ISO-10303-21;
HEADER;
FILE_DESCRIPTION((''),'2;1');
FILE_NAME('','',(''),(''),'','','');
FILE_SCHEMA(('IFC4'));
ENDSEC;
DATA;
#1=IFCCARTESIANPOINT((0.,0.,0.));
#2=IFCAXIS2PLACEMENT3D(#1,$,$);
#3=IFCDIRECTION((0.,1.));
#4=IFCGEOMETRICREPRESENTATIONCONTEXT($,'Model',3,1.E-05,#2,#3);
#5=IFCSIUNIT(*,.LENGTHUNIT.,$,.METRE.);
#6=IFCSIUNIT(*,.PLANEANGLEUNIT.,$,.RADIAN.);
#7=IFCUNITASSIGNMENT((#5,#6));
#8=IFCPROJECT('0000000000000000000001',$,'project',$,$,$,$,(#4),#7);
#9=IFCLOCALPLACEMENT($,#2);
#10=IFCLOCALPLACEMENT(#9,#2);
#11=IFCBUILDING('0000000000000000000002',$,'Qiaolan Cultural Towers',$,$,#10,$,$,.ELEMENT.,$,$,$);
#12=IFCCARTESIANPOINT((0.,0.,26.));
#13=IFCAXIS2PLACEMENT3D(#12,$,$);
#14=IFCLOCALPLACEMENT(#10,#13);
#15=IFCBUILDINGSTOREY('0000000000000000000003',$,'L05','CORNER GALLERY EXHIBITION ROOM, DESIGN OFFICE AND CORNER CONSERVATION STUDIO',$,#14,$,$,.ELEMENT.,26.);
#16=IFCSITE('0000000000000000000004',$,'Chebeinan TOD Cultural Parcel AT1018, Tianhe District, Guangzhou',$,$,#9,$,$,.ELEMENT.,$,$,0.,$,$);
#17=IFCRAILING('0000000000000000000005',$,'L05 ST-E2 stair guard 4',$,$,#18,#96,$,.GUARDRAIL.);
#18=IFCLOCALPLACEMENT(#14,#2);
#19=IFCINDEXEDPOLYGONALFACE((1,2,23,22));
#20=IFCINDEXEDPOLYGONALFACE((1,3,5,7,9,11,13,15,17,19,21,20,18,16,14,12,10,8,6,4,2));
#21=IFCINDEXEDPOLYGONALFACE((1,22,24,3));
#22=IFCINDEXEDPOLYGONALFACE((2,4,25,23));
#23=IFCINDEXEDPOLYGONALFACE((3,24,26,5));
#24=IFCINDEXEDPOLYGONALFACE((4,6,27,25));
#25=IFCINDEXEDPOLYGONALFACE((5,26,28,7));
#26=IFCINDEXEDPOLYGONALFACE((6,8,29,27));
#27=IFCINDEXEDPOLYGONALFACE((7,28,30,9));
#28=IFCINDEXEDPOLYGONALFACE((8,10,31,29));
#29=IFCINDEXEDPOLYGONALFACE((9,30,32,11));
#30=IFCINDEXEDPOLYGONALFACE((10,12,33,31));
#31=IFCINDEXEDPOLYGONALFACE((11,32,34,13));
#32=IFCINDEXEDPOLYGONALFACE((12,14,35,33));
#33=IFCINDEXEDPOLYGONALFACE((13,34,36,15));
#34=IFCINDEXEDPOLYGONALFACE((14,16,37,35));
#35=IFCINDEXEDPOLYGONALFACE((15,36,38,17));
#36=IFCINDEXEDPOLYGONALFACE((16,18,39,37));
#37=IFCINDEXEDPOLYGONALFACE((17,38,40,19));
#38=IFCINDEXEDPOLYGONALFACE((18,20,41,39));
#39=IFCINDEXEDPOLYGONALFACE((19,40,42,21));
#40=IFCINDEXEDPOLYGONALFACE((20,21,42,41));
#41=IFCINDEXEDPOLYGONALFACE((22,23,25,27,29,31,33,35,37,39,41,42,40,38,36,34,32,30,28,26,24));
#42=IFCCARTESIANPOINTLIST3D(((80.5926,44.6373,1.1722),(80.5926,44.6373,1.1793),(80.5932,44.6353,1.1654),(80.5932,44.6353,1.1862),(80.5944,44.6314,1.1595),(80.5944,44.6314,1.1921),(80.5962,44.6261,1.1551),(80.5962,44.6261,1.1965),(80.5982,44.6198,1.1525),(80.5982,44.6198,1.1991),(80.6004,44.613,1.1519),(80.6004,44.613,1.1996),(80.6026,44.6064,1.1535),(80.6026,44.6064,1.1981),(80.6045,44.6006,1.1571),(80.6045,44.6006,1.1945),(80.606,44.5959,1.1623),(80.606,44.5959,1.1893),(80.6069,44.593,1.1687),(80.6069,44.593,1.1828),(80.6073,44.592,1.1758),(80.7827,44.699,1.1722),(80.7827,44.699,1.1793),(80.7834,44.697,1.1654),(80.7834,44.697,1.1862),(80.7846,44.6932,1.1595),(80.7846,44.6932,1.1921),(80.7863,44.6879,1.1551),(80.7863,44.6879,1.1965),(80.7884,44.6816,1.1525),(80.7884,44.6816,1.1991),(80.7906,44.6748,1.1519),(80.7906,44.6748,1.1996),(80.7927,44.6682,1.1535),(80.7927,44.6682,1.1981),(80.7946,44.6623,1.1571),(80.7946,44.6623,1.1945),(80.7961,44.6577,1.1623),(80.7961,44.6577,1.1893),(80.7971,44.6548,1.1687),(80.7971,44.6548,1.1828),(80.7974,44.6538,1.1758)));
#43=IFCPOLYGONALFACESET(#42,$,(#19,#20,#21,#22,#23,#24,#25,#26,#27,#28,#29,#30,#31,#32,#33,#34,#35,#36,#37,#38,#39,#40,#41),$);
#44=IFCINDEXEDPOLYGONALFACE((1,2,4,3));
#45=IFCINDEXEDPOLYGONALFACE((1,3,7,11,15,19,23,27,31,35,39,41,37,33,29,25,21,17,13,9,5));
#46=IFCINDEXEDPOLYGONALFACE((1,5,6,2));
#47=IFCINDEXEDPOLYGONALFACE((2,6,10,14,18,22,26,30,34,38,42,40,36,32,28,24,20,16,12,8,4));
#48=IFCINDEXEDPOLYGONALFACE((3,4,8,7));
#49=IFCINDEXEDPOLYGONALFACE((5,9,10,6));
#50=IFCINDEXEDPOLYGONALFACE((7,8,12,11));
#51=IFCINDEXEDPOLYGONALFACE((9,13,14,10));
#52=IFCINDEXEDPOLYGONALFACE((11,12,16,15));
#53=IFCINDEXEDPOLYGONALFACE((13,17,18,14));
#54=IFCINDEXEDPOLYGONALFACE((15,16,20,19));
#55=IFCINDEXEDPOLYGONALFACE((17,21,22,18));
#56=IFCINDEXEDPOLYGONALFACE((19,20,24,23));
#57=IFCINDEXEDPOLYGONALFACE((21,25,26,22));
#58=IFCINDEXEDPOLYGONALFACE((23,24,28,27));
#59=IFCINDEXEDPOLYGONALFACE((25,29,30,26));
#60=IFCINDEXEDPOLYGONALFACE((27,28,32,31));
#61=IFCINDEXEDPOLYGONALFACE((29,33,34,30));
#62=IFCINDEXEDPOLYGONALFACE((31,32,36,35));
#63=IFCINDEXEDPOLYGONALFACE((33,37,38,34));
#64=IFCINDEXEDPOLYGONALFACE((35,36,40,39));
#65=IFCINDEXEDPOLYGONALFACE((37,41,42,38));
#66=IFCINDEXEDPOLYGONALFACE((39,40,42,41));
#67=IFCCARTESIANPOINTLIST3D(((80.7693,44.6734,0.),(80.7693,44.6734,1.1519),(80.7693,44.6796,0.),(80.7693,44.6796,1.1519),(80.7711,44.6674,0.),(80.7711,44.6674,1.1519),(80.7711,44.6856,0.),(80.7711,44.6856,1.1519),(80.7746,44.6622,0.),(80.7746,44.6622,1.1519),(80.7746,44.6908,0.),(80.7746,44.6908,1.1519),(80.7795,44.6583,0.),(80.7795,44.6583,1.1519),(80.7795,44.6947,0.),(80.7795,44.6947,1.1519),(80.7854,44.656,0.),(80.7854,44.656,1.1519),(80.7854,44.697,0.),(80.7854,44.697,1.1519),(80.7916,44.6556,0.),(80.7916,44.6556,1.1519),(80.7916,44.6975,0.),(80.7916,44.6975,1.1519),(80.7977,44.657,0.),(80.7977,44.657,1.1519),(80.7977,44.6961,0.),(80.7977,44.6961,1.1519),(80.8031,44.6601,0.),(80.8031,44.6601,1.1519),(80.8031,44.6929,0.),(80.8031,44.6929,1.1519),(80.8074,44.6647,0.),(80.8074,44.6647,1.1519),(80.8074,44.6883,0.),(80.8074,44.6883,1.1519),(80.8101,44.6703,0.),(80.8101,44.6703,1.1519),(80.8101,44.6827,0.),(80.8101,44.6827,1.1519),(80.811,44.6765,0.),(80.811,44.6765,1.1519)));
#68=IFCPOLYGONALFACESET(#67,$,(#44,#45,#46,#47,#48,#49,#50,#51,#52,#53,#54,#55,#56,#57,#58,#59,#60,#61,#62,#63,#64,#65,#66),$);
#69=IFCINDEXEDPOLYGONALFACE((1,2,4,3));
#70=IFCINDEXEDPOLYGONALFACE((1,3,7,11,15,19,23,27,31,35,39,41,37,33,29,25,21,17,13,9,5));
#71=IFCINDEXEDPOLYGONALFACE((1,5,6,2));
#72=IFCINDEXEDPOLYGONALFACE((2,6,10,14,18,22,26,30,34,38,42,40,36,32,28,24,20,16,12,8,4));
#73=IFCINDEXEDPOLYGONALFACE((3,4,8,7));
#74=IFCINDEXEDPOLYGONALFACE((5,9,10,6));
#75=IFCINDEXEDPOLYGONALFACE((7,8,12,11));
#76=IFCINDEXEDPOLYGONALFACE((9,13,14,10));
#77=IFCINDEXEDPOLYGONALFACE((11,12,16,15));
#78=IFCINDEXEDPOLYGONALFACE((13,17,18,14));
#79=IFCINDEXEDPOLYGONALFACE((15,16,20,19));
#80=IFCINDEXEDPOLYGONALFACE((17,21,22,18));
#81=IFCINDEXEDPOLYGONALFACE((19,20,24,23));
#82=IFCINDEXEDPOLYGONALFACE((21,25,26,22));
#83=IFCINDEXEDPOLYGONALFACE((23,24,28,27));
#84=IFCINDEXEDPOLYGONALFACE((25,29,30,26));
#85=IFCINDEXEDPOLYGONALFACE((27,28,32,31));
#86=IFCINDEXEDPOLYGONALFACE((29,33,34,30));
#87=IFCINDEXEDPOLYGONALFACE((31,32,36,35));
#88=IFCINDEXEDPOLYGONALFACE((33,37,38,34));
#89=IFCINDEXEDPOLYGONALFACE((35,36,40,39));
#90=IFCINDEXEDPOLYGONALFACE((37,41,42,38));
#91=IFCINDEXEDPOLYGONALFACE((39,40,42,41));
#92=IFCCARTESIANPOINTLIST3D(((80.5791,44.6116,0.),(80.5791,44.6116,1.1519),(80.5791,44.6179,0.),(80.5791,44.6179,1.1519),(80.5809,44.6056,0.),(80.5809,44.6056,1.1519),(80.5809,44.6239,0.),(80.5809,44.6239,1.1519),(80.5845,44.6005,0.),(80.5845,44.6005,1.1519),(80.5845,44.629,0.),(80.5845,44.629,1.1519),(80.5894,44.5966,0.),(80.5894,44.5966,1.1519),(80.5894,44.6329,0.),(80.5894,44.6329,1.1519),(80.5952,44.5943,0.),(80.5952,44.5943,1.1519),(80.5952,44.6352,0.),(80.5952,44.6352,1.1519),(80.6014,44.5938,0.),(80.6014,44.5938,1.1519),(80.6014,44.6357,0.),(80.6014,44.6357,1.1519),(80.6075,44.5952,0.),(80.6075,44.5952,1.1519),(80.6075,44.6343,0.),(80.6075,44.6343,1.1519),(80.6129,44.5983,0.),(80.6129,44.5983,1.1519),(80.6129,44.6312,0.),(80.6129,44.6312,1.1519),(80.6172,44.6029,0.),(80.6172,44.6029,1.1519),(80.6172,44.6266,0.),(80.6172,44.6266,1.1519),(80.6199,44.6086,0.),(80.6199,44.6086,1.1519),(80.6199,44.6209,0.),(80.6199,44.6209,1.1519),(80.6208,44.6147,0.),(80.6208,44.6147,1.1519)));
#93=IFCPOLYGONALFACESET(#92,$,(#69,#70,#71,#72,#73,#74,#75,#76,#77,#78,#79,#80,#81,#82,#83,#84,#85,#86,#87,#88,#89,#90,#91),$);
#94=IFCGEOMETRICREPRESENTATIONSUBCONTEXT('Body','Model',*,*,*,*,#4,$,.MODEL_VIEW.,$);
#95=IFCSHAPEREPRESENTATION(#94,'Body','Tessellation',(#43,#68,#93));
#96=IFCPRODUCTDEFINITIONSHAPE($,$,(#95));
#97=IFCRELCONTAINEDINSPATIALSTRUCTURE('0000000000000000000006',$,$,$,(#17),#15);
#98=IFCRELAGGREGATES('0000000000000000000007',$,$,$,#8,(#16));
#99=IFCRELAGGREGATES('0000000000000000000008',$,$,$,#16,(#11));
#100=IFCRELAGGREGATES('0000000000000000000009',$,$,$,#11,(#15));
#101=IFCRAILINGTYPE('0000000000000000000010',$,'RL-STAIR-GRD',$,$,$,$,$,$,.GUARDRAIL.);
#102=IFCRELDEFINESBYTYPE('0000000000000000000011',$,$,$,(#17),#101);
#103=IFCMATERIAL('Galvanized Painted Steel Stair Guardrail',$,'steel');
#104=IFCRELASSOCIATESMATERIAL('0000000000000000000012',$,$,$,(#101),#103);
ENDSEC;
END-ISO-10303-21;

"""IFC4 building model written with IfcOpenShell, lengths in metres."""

from ifc_helpers import new_model, si_unit, direction, frame, origin, origin_2d, place, context, subcontext, project, spatial, circle, extrude, material, type_object, element, save


model = new_model("IFC4")

# Units and contexts
model_context = context("Model", 3, precision=1e-05, world=origin(), true_north=direction((0.0, 1.0)))
body_context = subcontext(model_context, "Body", "Model", "MODEL_VIEW")
ifc_project = project(units=[si_unit("LENGTHUNIT", "METRE"), si_unit("PLANEANGLEUNIT", "RADIAN")], contexts=[model_context])

# Site, building, storey
site_placement = place(None, origin())
site = spatial("IfcSite", under=ifc_project, at=site_placement, Name="Chebeinan TOD Cultural Parcel AT1018, Tianhe District, Guangzhou", CompositionType="ELEMENT", RefElevation=0.0)
building_placement = place(site_placement, origin())
building = spatial("IfcBuilding", under=site, at=building_placement, Name="Qiaolan Cultural Towers", CompositionType="ELEMENT")
storey_placement = place(building_placement, frame((0.0, 0.0, 26.0)))
storey = spatial("IfcBuildingStorey", under=building, at=storey_placement, Name="L05", Description="CORNER GALLERY EXHIBITION ROOM, DESIGN OFFICE AND CORNER CONSERVATION STUDIO", CompositionType="ELEMENT", Elevation=26.0)

# Railing
ifc_material_1 = material(Name="Galvanized Painted Steel Stair Guardrail", Category="steel")
railing_type_1 = type_object("IfcRailingType", Name="RL-STAIR-GRD", PredefinedType="GUARDRAIL", material=ifc_material_1)
railing_1_placement = place(storey_placement, frame((80.79, 44.6765, 0.0)))
element("IfcRailing", 1, at=railing_1_placement, inside=storey, type_object=railing_type_1, Name="L05 ST-E2 stair guard 4", PredefinedType="GUARDRAIL", context=body_context, shape_type="SweptSolid", body=[
    extrude(circle(Radius=0.0239, at=origin_2d()), frame((0.0, 0.0, 1.1758), z_axis=(-0.951097, -0.308893, 0.0), x_axis=(0.308893, -0.951097, 0.0)), (0.0, 0.0, 1.0), 0.2),
    extrude(circle(Radius=0.021, at=origin_2d()), origin(), (0.0, 0.0, 1.0), 1.1519),
    extrude(circle(Radius=0.021, at=origin_2d()), frame((-0.1902, -0.0618, 0.0)), (0.0, 0.0, 1.0), 1.1519),
])

save(model, "model.ifc")
